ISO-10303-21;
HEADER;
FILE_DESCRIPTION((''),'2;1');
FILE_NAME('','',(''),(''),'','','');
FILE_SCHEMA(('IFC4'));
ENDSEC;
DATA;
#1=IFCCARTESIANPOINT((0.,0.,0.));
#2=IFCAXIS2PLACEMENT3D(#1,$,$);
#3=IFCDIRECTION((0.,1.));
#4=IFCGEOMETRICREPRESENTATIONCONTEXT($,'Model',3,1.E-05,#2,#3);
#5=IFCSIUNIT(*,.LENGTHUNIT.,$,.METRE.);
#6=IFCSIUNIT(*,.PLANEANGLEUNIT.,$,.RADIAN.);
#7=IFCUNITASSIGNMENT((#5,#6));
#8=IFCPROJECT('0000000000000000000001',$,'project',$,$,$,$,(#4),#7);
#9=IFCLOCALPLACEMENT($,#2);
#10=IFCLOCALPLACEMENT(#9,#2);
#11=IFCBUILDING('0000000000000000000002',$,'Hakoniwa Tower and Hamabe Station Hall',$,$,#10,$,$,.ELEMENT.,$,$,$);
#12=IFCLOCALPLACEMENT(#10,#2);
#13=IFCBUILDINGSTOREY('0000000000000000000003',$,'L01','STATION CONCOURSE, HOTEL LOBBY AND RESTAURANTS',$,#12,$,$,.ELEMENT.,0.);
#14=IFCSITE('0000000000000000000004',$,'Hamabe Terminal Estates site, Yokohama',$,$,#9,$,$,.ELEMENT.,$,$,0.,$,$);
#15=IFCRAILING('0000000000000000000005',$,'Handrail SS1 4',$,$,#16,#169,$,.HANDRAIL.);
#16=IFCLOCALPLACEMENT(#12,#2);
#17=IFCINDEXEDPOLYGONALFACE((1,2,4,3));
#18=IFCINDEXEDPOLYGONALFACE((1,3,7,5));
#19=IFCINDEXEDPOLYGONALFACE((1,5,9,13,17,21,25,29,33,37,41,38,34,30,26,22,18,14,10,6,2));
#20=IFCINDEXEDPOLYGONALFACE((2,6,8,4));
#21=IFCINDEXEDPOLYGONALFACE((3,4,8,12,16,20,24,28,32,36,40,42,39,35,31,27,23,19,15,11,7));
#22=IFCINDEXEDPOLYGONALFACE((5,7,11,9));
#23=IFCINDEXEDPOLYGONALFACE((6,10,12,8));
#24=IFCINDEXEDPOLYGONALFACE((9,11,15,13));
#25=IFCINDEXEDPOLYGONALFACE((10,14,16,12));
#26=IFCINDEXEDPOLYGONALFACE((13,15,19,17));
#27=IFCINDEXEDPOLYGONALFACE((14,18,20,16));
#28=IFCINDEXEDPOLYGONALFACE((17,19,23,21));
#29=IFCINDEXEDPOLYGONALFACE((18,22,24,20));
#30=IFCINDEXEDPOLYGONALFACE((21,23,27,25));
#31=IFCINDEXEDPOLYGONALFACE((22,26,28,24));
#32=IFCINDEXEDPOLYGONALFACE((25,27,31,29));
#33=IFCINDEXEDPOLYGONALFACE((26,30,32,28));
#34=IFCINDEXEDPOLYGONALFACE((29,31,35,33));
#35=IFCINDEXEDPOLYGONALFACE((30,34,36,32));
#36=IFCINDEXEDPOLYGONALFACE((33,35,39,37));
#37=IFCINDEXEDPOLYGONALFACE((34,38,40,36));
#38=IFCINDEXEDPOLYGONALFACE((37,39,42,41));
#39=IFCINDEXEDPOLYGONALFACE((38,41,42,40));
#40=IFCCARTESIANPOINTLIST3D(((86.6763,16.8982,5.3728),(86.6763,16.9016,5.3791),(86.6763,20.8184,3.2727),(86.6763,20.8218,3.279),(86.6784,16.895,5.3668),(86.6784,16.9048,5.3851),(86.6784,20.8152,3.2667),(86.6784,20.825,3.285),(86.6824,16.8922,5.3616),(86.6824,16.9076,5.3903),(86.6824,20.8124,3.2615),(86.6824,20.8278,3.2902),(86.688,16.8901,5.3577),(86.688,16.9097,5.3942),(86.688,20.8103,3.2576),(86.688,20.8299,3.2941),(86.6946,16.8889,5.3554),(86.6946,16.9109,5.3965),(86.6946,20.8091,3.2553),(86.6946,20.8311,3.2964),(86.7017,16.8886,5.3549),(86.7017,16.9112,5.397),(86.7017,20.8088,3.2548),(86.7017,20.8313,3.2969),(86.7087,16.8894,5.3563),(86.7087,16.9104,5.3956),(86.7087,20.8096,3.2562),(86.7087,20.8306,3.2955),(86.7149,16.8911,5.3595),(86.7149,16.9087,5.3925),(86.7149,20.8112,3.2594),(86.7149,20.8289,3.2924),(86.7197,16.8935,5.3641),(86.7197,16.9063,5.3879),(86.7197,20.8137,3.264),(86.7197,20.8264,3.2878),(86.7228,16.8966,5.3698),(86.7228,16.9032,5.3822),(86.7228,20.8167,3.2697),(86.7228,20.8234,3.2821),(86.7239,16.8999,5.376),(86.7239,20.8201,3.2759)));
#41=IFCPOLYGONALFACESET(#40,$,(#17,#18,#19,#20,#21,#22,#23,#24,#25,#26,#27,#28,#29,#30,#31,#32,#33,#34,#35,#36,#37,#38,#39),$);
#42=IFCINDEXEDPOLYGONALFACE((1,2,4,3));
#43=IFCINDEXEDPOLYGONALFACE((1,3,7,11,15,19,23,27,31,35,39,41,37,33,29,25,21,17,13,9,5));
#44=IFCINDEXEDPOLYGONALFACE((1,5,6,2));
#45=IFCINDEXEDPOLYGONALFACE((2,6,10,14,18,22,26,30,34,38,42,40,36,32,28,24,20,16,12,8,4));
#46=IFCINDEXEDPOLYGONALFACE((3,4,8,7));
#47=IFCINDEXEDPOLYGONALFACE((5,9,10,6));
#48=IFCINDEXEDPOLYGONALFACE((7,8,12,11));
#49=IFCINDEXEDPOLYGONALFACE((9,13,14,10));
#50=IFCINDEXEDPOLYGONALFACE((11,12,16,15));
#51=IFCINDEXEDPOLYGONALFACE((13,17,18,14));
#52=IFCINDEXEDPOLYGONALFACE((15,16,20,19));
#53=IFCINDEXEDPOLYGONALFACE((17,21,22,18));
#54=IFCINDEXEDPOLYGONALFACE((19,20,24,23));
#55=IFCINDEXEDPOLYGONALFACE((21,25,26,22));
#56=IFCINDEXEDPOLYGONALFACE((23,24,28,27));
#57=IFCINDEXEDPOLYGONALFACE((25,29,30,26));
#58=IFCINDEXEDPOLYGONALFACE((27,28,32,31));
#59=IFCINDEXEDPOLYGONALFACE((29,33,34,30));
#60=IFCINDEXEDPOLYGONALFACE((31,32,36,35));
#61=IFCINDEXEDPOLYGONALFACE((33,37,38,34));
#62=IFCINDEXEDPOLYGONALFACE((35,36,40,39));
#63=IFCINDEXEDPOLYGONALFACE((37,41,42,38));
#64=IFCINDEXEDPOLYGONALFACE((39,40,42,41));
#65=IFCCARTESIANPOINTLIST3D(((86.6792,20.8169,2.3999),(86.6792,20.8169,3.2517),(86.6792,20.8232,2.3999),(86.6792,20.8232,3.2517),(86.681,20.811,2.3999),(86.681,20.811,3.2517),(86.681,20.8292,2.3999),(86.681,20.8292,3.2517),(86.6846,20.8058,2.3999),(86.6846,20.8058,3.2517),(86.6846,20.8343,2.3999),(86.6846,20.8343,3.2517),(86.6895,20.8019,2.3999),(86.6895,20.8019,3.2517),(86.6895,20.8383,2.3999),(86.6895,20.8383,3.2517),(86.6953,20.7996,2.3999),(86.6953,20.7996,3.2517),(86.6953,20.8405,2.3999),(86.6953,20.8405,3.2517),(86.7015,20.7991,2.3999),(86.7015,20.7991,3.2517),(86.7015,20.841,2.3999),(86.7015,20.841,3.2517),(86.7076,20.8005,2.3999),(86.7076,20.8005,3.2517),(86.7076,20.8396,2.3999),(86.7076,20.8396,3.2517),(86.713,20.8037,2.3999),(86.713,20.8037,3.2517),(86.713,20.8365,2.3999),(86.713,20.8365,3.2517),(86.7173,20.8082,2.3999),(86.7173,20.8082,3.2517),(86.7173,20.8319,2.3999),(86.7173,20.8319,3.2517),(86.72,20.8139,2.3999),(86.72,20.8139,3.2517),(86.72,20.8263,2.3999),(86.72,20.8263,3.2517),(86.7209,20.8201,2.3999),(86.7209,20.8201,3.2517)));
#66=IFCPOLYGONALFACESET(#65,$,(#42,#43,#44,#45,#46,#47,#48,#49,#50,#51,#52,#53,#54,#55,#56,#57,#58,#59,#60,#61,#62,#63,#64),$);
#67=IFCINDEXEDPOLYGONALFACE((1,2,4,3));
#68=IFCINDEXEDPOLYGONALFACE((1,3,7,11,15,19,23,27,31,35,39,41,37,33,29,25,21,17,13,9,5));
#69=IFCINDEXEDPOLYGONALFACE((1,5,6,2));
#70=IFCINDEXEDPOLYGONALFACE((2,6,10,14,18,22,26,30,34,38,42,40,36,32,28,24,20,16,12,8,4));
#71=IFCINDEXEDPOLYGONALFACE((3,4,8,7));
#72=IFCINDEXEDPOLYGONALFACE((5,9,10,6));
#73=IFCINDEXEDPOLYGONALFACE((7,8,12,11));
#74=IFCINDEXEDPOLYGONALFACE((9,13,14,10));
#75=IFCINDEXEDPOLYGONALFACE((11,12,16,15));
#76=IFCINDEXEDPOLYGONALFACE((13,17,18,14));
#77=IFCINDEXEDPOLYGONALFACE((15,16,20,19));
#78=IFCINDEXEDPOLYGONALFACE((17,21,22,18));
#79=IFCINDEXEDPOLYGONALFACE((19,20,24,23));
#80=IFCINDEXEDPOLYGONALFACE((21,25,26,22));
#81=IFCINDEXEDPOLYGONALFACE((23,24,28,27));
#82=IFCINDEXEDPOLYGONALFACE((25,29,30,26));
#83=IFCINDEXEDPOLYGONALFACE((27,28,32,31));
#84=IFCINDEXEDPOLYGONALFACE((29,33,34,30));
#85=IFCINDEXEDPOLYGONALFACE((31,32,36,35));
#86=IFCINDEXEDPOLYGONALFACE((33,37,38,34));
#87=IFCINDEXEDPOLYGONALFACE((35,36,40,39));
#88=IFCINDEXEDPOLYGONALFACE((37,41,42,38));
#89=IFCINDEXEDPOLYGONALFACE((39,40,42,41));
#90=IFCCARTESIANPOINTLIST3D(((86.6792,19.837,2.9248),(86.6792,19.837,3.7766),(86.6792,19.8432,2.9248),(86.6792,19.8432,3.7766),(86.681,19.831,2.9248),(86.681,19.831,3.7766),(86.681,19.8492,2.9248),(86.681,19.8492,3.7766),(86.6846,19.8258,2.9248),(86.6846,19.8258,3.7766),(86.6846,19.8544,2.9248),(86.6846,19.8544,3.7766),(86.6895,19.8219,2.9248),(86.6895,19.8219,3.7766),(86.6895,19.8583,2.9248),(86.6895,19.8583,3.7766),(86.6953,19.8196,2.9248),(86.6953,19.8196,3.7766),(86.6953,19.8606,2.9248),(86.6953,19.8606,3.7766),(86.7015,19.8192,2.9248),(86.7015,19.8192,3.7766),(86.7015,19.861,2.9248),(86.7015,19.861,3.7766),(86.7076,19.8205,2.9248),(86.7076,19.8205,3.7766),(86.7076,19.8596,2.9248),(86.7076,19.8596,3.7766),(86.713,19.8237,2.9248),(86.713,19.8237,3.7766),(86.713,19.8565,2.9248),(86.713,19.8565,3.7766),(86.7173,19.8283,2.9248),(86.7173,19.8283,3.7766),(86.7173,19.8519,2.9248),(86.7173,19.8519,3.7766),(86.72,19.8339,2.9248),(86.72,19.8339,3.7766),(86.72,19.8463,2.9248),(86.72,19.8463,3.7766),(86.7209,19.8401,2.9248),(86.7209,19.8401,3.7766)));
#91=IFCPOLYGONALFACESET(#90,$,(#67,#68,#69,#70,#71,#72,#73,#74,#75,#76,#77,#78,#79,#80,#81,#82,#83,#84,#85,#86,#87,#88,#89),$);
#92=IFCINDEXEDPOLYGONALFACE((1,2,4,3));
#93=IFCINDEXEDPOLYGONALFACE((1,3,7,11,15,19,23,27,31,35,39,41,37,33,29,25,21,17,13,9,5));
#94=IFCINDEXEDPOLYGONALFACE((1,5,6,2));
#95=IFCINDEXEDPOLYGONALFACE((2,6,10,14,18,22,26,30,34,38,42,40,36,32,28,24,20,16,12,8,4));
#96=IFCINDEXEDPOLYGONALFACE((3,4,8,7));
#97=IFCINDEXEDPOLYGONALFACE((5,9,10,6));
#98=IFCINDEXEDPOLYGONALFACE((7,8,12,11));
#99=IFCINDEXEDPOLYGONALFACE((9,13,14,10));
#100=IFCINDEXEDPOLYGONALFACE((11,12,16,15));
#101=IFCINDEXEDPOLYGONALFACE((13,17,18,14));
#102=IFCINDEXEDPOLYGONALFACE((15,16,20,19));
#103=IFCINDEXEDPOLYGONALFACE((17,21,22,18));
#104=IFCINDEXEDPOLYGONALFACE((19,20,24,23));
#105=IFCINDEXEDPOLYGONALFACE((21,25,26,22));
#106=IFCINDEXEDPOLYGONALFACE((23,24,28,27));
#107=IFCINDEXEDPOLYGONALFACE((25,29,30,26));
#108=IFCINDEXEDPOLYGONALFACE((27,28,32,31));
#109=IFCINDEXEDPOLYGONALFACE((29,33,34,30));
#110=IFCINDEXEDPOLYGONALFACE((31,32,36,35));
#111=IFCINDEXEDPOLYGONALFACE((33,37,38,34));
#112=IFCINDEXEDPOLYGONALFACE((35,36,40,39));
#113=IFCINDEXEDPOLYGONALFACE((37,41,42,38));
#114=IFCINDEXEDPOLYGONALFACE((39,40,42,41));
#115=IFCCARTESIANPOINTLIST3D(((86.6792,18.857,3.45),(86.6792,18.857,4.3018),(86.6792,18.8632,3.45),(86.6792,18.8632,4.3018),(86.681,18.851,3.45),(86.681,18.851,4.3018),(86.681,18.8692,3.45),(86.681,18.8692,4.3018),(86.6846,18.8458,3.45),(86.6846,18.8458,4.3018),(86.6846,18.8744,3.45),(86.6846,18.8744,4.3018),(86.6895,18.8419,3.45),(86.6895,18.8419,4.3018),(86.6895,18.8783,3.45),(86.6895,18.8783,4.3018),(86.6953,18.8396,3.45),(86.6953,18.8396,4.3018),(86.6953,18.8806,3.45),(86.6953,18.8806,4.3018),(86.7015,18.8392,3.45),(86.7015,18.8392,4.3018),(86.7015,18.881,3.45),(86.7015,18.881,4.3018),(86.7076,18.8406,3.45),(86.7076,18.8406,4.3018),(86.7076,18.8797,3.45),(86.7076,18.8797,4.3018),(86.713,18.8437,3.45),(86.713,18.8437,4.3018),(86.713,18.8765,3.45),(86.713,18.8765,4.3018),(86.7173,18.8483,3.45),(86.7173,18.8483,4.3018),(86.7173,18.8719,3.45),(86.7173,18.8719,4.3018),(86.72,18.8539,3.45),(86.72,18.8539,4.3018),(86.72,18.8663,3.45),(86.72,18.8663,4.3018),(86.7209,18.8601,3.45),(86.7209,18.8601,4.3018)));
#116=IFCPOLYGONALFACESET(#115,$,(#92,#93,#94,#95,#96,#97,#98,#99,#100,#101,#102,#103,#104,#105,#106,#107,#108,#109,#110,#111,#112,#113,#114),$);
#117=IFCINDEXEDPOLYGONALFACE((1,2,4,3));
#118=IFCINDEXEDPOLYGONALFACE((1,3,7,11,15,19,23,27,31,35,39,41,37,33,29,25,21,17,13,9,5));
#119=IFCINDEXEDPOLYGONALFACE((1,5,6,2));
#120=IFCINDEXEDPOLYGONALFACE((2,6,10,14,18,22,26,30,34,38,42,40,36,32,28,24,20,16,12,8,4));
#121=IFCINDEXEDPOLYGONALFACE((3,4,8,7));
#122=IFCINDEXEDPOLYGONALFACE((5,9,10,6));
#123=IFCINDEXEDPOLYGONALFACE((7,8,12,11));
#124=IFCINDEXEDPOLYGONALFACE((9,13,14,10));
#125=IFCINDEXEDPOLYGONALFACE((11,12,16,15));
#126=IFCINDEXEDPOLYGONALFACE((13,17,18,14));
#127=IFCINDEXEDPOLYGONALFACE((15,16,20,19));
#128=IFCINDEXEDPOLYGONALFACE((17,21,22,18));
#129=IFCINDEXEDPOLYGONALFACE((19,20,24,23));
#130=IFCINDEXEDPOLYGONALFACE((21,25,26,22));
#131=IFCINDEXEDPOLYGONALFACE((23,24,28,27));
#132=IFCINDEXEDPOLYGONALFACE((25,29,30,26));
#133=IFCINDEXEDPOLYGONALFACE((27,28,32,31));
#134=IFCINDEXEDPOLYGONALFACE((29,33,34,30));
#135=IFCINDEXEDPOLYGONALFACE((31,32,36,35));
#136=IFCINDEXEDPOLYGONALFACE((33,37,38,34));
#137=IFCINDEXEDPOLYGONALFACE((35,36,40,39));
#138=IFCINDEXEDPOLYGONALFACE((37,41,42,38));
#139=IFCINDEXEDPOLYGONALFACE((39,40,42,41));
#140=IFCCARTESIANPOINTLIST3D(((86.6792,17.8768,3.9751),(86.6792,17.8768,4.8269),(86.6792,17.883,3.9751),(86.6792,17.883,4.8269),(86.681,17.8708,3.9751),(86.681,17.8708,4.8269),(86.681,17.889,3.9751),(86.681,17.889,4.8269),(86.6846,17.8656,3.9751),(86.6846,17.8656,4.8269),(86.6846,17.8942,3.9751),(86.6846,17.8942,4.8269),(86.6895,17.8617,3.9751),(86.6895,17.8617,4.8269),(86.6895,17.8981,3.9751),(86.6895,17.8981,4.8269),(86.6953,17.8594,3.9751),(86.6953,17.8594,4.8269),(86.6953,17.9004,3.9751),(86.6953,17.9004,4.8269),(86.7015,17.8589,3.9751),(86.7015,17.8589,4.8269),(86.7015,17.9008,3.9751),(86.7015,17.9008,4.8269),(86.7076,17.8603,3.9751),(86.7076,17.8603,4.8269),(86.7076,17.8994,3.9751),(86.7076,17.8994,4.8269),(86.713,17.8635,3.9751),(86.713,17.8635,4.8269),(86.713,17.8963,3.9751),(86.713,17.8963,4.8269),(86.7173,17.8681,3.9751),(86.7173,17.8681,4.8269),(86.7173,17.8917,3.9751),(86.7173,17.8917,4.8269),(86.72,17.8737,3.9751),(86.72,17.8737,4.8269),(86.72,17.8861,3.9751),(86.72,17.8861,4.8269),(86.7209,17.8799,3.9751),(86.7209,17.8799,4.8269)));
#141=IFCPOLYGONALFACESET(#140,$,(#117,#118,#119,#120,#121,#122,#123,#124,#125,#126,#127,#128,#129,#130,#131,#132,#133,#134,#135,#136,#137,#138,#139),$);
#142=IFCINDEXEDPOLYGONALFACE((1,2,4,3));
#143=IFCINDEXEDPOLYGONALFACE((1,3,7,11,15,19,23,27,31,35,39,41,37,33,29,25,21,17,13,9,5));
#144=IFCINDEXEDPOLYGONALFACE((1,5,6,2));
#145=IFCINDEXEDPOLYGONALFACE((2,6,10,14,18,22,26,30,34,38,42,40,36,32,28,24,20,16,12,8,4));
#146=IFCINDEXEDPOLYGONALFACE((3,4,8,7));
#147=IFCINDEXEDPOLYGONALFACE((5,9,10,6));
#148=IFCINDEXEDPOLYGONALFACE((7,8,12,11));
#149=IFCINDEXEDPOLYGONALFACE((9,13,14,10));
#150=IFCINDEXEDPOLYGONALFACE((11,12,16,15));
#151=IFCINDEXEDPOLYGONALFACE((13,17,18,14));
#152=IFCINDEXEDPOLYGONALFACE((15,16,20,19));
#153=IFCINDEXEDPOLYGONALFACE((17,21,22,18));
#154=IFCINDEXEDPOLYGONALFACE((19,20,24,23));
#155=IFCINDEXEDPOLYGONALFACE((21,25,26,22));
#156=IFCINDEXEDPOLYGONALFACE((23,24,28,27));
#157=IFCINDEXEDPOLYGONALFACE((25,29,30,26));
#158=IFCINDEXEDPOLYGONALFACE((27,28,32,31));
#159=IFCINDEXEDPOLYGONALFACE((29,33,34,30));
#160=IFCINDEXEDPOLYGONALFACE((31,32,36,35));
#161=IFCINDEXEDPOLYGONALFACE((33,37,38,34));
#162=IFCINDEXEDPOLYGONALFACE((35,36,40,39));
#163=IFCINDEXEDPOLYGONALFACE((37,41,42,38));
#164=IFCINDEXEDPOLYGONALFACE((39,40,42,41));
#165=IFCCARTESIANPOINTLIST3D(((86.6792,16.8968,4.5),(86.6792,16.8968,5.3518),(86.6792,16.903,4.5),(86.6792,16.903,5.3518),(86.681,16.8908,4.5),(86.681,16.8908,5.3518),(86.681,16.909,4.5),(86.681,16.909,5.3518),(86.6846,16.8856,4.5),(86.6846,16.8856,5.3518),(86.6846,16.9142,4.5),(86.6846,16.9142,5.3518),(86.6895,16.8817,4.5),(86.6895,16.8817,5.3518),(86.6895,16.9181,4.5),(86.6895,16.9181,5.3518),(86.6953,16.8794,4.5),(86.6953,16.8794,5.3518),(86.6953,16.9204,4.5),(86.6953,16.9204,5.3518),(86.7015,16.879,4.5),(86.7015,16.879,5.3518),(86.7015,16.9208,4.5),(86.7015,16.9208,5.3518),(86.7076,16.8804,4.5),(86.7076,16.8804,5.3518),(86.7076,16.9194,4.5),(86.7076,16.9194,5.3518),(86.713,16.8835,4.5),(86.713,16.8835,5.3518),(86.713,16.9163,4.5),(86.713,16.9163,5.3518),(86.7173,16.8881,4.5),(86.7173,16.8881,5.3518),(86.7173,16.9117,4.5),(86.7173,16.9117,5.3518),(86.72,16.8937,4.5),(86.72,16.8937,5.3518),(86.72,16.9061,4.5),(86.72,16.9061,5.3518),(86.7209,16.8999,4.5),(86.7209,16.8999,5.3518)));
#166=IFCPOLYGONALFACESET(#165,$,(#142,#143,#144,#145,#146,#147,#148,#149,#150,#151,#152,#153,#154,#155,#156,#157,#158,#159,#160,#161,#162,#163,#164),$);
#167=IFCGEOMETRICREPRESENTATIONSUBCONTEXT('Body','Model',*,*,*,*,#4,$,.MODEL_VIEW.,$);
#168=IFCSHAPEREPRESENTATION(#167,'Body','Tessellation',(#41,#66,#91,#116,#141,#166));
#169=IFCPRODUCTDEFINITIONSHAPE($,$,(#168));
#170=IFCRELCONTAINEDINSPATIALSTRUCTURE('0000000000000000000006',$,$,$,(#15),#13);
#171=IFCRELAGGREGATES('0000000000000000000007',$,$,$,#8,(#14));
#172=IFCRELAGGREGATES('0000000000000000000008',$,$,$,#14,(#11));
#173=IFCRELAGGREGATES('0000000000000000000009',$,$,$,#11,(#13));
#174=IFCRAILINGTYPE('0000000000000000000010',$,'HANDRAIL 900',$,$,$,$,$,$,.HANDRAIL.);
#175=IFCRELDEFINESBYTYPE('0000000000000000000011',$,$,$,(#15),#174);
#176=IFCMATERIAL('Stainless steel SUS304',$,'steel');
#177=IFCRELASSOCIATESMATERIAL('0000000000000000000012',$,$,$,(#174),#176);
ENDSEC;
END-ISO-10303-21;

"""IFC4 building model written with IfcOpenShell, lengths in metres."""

from ifc_helpers import new_model, si_unit, direction, frame, origin, origin_2d, place, context, subcontext, project, spatial, circle, extrude, material, type_object, element, save


model = new_model("IFC4")

# Units and contexts
model_context = context("Model", 3, precision=1e-05, world=origin(), true_north=direction((0.0, 1.0)))
body_context = subcontext(model_context, "Body", "Model", "MODEL_VIEW")
ifc_project = project(units=[si_unit("LENGTHUNIT", "METRE"), si_unit("PLANEANGLEUNIT", "RADIAN")], contexts=[model_context])

# Site, building, storey
site_placement = place(None, origin())
site = spatial("IfcSite", under=ifc_project, at=site_placement, Name="Hamabe Terminal Estates site, Yokohama", CompositionType="ELEMENT", RefElevation=0.0)
building_placement = place(site_placement, origin())
building = spatial("IfcBuilding", under=site, at=building_placement, Name="Hakoniwa Tower and Hamabe Station Hall", CompositionType="ELEMENT")
storey_placement = place(building_placement, origin())
storey = spatial("IfcBuildingStorey", under=building, at=storey_placement, Name="L01", Description="STATION CONCOURSE, HOTEL LOBBY AND RESTAURANTS", CompositionType="ELEMENT", Elevation=0.0)

# Railing
ifc_material_1 = material(Name="Stainless steel SUS304", Category="steel")
railing_type = type_object("IfcRailingType", Name="HANDRAIL 900", PredefinedType="HANDRAIL", material=ifc_material_1)
for number, where, name in (
    (1, (86.7, 20.8201, 2.3999), "Handrail SS1 4"),
):
    element("IfcRailing", number, at=place(storey_placement, frame(where)), inside=storey, type_object=railing_type, Name=name, PredefinedType="HANDRAIL", context=body_context, shape_type="SweptSolid", body=[
        extrude(circle(Radius=0.0239, at=origin_2d()), frame((0.0, 0.0, 0.876), z_axis=(0.0, -0.881479, 0.472223), x_axis=(1.0, 0.0, 0.0)), (0.0, 0.0, 1.0), 4.4473),
        extrude(circle(Radius=0.021, at=origin_2d()), origin(), (0.0, 0.0, 1.0), 0.8518),
        extrude(circle(Radius=0.021, at=origin_2d()), frame((0.0, -0.98, 0.5249)), (0.0, 0.0, 1.0), 0.8518),
        extrude(circle(Radius=0.021, at=origin_2d()), frame((0.0, -1.96, 1.05)), (0.0, 0.0, 1.0), 0.8518),
        extrude(circle(Radius=0.021, at=origin_2d()), frame((0.0, -2.9402, 1.5752)), (0.0, 0.0, 1.0), 0.8518),
        extrude(circle(Radius=0.021, at=origin_2d()), frame((0.0, -3.9202, 2.1001)), (0.0, 0.0, 1.0), 0.8518),
    ])

save(model, "model.ifc")
